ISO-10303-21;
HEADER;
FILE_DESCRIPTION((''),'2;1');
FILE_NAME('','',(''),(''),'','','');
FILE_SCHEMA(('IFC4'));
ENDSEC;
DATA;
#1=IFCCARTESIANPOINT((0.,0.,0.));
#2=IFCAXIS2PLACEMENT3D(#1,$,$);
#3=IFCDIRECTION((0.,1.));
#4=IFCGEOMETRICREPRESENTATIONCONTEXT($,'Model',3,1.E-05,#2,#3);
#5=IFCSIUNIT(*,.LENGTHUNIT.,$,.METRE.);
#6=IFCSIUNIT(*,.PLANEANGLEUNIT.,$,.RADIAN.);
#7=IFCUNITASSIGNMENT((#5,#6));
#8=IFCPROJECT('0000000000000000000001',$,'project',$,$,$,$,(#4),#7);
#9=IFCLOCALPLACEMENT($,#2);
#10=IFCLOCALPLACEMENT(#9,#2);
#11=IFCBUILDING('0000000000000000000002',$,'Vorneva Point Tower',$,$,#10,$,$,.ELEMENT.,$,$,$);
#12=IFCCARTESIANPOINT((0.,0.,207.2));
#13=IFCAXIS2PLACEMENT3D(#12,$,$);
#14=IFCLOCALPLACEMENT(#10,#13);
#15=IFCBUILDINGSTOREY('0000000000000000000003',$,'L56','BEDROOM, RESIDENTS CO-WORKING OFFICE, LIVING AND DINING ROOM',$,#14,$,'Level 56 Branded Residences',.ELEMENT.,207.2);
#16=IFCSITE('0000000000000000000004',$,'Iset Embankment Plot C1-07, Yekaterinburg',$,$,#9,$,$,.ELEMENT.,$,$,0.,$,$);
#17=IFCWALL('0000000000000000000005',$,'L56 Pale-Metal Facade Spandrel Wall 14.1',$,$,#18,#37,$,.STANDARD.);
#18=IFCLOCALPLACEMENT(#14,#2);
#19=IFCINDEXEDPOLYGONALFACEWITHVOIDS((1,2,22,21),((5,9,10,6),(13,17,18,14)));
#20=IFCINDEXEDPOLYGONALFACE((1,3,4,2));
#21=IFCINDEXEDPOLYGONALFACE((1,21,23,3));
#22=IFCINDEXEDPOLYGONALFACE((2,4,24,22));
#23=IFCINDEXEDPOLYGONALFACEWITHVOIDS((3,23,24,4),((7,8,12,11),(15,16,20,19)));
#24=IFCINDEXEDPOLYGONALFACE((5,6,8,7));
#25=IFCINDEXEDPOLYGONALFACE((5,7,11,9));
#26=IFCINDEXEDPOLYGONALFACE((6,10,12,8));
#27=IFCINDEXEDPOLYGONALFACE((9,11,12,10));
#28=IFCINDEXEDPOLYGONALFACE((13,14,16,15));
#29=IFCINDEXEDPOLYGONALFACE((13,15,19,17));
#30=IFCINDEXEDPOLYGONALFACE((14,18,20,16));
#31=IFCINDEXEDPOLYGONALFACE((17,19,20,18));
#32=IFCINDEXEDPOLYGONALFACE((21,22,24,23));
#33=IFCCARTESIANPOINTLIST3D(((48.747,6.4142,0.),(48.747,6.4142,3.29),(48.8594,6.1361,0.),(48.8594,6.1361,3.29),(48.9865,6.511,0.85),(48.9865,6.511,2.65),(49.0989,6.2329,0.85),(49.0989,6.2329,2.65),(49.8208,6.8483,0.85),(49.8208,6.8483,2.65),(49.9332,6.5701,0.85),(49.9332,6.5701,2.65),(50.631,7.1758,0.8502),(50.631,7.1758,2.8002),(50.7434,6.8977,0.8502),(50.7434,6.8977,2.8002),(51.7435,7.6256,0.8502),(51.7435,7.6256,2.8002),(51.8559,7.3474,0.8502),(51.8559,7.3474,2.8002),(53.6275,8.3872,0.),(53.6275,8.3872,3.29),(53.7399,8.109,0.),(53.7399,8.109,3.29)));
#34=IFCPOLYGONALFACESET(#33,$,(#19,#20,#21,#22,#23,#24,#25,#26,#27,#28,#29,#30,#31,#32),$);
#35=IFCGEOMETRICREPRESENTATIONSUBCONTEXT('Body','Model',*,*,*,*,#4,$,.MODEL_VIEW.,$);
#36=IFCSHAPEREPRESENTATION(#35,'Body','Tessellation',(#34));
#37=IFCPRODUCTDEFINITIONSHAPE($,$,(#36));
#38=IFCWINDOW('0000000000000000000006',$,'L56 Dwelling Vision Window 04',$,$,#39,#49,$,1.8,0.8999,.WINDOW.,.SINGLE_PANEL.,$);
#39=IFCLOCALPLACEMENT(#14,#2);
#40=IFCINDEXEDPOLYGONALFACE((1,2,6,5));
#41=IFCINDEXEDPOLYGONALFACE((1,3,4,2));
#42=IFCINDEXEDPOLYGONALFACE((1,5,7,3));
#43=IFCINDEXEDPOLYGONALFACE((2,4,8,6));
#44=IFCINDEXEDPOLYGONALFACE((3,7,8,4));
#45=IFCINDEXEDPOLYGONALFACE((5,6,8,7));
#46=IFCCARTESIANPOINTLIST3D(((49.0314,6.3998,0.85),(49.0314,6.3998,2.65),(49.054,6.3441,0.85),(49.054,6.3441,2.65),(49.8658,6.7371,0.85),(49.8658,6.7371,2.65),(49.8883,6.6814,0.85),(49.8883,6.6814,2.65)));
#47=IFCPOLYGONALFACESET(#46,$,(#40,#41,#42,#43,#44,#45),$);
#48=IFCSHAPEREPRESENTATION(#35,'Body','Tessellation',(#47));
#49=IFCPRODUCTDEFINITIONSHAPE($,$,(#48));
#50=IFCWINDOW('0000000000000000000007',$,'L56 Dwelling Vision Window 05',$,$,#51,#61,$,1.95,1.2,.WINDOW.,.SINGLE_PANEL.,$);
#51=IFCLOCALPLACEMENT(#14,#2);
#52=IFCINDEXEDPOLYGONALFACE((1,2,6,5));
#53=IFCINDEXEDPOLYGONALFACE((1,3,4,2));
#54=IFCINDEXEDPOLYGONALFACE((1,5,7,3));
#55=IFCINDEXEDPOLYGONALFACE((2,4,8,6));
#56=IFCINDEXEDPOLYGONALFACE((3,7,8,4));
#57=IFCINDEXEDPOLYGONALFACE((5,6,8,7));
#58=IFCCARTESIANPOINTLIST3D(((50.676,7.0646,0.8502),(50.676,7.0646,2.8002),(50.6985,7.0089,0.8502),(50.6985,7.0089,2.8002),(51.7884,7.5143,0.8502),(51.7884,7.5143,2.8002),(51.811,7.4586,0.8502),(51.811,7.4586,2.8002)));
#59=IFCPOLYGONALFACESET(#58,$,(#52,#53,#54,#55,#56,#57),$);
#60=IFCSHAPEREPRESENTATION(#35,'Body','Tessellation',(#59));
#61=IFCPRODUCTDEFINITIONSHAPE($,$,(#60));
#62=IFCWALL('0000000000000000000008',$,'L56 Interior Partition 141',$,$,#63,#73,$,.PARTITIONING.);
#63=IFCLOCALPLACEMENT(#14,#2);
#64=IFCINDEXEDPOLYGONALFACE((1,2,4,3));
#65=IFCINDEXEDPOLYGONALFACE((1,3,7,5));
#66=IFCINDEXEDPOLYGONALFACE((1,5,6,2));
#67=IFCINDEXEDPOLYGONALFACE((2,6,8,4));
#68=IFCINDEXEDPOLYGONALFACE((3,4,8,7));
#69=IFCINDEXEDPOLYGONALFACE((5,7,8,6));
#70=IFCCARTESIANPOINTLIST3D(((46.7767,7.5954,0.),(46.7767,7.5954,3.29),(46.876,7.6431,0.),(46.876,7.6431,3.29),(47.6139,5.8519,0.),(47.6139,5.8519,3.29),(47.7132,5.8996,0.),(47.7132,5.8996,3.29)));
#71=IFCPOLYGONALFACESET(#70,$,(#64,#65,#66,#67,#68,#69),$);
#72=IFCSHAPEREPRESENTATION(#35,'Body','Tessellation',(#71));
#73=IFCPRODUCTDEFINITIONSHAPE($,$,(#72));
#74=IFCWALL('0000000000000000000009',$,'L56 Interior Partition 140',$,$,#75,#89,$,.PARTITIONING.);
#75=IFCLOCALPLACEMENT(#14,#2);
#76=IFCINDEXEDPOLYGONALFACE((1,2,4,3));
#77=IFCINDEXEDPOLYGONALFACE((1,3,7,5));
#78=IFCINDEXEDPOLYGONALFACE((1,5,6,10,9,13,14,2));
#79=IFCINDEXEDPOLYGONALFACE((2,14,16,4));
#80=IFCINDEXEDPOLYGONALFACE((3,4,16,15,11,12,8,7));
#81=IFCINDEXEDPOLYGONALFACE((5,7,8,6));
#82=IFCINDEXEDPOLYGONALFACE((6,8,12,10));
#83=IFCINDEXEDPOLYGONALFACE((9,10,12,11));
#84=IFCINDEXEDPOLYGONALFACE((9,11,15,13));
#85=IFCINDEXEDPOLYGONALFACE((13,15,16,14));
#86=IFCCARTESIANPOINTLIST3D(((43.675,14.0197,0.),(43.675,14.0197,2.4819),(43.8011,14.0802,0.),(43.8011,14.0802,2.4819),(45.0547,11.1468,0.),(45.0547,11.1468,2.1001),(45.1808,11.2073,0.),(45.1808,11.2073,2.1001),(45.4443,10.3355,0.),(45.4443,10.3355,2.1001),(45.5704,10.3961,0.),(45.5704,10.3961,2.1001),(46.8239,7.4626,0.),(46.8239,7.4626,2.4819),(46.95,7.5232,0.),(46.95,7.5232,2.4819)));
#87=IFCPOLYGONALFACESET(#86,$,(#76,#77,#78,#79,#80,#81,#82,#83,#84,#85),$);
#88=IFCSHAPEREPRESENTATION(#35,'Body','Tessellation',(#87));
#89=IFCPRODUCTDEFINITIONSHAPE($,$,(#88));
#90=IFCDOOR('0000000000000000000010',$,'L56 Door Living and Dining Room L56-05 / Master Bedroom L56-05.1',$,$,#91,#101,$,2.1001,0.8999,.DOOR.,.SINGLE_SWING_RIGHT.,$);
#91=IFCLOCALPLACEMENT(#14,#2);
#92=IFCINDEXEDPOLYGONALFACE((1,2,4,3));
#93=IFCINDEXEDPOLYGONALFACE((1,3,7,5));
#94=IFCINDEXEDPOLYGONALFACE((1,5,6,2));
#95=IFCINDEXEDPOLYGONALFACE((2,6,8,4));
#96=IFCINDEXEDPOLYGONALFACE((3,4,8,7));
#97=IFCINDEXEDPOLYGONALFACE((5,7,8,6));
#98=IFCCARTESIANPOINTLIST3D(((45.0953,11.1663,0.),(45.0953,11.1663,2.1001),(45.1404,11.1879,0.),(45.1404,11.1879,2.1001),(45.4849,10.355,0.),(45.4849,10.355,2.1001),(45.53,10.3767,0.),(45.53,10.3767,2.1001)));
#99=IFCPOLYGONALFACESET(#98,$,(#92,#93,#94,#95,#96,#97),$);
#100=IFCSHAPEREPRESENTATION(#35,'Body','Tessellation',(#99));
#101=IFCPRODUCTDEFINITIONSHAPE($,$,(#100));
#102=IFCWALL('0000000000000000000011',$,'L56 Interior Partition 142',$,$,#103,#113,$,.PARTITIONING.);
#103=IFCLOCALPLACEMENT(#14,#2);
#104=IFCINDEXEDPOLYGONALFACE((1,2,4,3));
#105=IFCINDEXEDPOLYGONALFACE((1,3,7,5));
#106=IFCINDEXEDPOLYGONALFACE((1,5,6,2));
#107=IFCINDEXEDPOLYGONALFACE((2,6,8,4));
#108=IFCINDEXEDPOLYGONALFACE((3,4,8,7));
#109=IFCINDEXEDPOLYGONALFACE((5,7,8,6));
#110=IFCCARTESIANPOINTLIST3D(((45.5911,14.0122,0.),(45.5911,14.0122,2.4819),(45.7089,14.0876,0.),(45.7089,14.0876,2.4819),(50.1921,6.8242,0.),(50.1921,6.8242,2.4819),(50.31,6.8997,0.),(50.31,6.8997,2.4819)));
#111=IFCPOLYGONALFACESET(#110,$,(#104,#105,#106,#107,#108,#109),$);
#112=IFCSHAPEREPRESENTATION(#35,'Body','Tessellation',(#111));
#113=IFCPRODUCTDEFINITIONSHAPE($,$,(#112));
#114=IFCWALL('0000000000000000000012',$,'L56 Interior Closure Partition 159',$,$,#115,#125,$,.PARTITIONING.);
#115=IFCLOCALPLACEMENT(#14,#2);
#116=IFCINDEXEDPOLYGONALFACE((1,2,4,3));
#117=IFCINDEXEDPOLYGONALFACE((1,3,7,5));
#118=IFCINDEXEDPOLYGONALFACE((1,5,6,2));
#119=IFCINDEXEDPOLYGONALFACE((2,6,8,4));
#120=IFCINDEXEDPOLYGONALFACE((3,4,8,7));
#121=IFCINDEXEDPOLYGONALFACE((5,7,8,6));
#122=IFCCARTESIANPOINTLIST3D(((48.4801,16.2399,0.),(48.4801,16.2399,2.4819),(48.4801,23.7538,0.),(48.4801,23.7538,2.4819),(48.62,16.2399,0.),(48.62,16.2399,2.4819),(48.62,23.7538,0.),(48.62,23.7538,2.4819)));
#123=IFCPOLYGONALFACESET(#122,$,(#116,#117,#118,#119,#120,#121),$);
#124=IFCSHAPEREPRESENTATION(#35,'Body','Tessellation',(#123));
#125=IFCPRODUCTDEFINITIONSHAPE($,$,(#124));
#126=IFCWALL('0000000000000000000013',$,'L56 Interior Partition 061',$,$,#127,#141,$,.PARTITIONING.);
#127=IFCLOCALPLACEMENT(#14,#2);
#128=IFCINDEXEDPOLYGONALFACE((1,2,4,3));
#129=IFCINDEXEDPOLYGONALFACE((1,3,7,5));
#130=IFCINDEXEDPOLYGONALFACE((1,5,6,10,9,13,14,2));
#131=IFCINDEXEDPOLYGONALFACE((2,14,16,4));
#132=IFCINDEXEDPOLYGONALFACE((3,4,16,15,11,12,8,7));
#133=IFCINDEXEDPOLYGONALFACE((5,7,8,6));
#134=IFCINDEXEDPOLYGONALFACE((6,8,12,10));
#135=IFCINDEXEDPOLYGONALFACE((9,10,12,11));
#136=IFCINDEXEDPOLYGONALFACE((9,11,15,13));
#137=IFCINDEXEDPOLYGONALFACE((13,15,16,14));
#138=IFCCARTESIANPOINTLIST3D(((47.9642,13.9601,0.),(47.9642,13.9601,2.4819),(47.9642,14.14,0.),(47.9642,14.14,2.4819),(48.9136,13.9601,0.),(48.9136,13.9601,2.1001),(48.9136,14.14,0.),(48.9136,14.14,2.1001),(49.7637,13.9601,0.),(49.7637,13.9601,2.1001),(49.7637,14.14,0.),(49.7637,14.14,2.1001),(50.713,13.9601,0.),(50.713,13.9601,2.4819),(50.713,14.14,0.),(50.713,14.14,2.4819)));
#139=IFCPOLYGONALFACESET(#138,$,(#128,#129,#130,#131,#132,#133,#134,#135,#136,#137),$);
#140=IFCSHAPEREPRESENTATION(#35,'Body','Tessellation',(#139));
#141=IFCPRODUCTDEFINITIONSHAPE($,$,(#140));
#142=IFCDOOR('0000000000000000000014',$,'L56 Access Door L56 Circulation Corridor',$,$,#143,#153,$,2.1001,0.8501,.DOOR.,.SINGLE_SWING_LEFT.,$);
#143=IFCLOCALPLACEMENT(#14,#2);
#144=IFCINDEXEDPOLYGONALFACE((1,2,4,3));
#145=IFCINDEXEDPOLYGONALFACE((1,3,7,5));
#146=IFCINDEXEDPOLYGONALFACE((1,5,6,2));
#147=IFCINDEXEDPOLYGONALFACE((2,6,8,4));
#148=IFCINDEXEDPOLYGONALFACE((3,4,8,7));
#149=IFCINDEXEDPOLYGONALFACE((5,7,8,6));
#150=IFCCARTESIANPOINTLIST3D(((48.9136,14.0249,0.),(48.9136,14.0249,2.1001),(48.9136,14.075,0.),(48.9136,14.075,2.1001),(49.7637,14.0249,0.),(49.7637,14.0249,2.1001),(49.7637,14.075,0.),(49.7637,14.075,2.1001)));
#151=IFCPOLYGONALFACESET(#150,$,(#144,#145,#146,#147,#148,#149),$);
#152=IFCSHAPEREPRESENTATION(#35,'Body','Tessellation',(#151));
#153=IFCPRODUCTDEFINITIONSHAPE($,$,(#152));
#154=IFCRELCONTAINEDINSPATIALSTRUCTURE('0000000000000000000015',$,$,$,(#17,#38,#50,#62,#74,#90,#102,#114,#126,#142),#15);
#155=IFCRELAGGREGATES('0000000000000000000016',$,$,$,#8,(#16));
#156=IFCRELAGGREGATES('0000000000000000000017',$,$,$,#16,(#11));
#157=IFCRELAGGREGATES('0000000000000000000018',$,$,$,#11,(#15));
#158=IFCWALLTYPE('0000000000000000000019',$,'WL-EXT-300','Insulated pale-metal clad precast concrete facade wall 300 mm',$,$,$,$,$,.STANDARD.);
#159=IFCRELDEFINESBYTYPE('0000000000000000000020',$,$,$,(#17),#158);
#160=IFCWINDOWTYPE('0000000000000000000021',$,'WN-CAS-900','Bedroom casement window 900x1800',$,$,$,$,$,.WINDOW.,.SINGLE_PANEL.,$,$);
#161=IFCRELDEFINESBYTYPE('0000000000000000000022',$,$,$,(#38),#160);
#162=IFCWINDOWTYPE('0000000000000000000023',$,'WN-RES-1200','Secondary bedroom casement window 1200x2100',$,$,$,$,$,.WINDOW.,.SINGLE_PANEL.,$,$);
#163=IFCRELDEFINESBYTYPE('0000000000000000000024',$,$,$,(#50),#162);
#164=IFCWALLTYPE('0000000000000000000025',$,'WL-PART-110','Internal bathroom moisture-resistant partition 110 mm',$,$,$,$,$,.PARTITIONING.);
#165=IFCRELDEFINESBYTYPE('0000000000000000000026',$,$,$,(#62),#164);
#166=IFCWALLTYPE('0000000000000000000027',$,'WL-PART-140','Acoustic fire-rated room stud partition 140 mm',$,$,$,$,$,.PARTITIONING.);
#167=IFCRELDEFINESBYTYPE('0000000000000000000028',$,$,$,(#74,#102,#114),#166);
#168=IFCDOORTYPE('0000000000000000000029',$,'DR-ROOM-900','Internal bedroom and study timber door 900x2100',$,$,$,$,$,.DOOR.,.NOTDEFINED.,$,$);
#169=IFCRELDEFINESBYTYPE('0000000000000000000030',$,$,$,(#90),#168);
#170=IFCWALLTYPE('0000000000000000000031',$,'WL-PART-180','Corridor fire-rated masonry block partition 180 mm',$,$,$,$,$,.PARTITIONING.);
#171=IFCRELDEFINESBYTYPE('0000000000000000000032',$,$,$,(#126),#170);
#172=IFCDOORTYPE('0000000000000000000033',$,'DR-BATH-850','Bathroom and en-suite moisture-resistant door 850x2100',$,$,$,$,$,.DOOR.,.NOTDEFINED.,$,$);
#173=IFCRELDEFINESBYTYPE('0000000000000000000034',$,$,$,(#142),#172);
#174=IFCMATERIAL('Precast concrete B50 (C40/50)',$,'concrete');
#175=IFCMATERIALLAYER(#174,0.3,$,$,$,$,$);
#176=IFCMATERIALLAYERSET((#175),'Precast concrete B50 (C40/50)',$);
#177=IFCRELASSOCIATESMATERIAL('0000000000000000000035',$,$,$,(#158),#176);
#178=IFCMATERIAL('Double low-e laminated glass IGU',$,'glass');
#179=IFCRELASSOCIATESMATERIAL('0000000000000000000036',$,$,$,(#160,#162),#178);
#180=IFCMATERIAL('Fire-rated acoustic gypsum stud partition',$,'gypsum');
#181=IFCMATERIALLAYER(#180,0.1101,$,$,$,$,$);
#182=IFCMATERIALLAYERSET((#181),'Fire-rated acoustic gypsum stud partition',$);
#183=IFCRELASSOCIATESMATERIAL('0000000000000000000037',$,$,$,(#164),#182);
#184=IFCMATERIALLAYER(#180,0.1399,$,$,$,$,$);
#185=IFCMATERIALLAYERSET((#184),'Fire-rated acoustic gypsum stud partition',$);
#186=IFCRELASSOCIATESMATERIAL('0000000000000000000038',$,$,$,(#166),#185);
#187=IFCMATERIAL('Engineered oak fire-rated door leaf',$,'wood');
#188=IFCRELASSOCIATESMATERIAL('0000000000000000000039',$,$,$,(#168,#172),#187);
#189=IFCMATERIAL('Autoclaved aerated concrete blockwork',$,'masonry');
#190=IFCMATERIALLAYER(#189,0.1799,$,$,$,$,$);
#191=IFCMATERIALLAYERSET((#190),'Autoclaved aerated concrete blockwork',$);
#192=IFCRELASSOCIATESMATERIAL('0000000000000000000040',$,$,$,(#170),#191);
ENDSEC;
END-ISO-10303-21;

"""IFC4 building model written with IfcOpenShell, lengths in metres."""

from ifc_helpers import new_model, si_unit, direction, frame, frame_2d, origin, place, context, subcontext, project, spatial, rectangle, extrude, material, layer, layer_set, type_object, element, fill, save


model = new_model("IFC4")

# Units and contexts
model_context = context("Model", 3, precision=1e-05, world=origin(), true_north=direction((0.0, 1.0)))
body_context = subcontext(model_context, "Body", "Model", "MODEL_VIEW")
ifc_project = project(units=[si_unit("LENGTHUNIT", "METRE"), si_unit("PLANEANGLEUNIT", "RADIAN")], contexts=[model_context])

# Site, building, storey
site_placement = place(None, origin())
site = spatial("IfcSite", under=ifc_project, at=site_placement, Name="Iset Embankment Plot C1-07, Yekaterinburg", CompositionType="ELEMENT", RefElevation=0.0)
building_placement = place(site_placement, origin())
building = spatial("IfcBuilding", under=site, at=building_placement, Name="Vorneva Point Tower", CompositionType="ELEMENT")
storey_placement = place(building_placement, frame((0.0, 0.0, 207.2)))
storey = spatial("IfcBuildingStorey", under=building, at=storey_placement, Name="L56", Description="BEDROOM, RESIDENTS CO-WORKING OFFICE, LIVING AND DINING ROOM", LongName="Level 56 Branded Residences", CompositionType="ELEMENT", Elevation=207.2)

# Wall, openings, windows
ifc_material_1 = material(Name="Precast concrete B50 (C40/50)", Category="concrete")
ifc_layer_1 = layer(ifc_material_1, 0.3)
ifc_layer_set_1 = layer_set([ifc_layer_1], Name="Precast concrete B50 (C40/50)")
wall_type_1 = type_object("IfcWallType", Name="WL-EXT-300", Description="Insulated pale-metal clad precast concrete facade wall 300 mm", PredefinedType="STANDARD", material=ifc_layer_set_1)
wall_1_placement = place(storey_placement, frame((48.8032, 6.2751, 0.0), z_axis=(0.0, 0.0, 1.0), x_axis=(0.927111, 0.374787, 0.0)))
wall_1 = element("IfcWall", 1, at=wall_1_placement, inside=storey, type_object=wall_type_1, Name="L56 Pale-Metal Facade Spandrel Wall 14.1", PredefinedType="STANDARD", context=body_context, shape_type="SweptSolid", body=[
    extrude(rectangle(XDim=5.2642, YDim=0.3, at=frame_2d((2.6321, 0.0))), origin(), (0.0, 0.0, 1.0), 3.29),
])
opening_1_placement = place(wall_1_placement, frame((0.2583, 0.0, 0.8501)))
opening_1 = element("IfcOpeningElement", 2, at=opening_1_placement, cuts=wall_1, PredefinedType="OPENING", context=body_context, shape_type="SweptSolid", body=[
    extrude(rectangle(XDim=0.8999, YDim=1.8, at=frame_2d((0.45, 0.8999))), frame((0.0, 0.165, 0.0), z_axis=(0.0, -1.0, 0.0), x_axis=(1.0, 0.0, 0.0)), (0.0, 0.0, 1.0), 0.3298),
])
opening_2_placement = place(wall_1_placement, frame((2.032, 0.0, 0.8501)))
opening_2 = element("IfcOpeningElement", 3, at=opening_2_placement, cuts=wall_1, PredefinedType="OPENING", context=body_context, shape_type="SweptSolid", body=[
    extrude(rectangle(XDim=1.2, YDim=1.95, at=frame_2d((0.6001, 0.9751))), frame((0.0, 0.165, 0.0), z_axis=(0.0, -1.0, 0.0), x_axis=(1.0, 0.0, 0.0)), (0.0, 0.0, 1.0), 0.3298),
])
ifc_material_2 = material(Name="Double low-e laminated glass IGU", Category="glass")
window_type_1 = type_object("IfcWindowType", Name="WN-CAS-900", Description="Bedroom casement window 900x1800", PartitioningType="SINGLE_PANEL", PredefinedType="WINDOW", material=ifc_material_2)
window_1_placement = place(opening_1_placement, origin())
window_1 = element("IfcWindow", 4, at=window_1_placement, inside=storey, type_object=window_type_1, Name="L56 Dwelling Vision Window 04", OverallHeight=1.8, OverallWidth=0.8999, PartitioningType="SINGLE_PANEL", PredefinedType="WINDOW", context=body_context, shape_type="SweptSolid", body=[
    extrude(rectangle(XDim=0.8999, YDim=1.8, at=frame_2d((0.45, 0.8999))), frame((0.0, 0.03, 0.0), z_axis=(0.0, -1.0, 0.0), x_axis=(1.0, 0.0, 0.0)), (0.0, 0.0, 1.0), 0.0601),
])
fill(opening_1, window_1)
window_type_2 = type_object("IfcWindowType", Name="WN-RES-1200", Description="Secondary bedroom casement window 1200x2100", PartitioningType="SINGLE_PANEL", PredefinedType="WINDOW", material=ifc_material_2)
window_2_placement = place(opening_2_placement, origin())
window_2 = element("IfcWindow", 5, at=window_2_placement, inside=storey, type_object=window_type_2, Name="L56 Dwelling Vision Window 05", OverallHeight=1.95, OverallWidth=1.2, PartitioningType="SINGLE_PANEL", PredefinedType="WINDOW", context=body_context, shape_type="SweptSolid", body=[
    extrude(rectangle(XDim=1.2, YDim=1.95, at=frame_2d((0.6001, 0.9751))), frame((0.0, 0.03, 0.0), z_axis=(0.0, -1.0, 0.0), x_axis=(1.0, 0.0, 0.0)), (0.0, 0.0, 1.0), 0.0601),
])
fill(opening_2, window_2)

# Wall
ifc_material_3 = material(Name="Fire-rated acoustic gypsum stud partition", Category="gypsum")
ifc_layer_2 = layer(ifc_material_3, 0.1101)
ifc_layer_set_2 = layer_set([ifc_layer_2], Name="Fire-rated acoustic gypsum stud partition")
wall_type_2 = type_object("IfcWallType", Name="WL-PART-110", Description="Internal bathroom moisture-resistant partition 110 mm", PredefinedType="PARTITIONING", material=ifc_layer_set_2)
wall_2_placement = place(storey_placement, frame((47.6636, 5.8757, 0.0), z_axis=(0.0, 0.0, 1.0), x_axis=(-0.432866, 0.901458, 0.0)))
element("IfcWall", 6, at=wall_2_placement, inside=storey, type_object=wall_type_2, Name="L56 Interior Partition 141", PredefinedType="PARTITIONING", context=body_context, shape_type="SweptSolid", body=[
    extrude(rectangle(XDim=1.9341, YDim=0.1101, at=frame_2d((0.967, 0.0))), origin(), (0.0, 0.0, 1.0), 3.29),
])

# Wall, opening, door
ifc_layer_3 = layer(ifc_material_3, 0.1399)
ifc_layer_set_3 = layer_set([ifc_layer_3], Name="Fire-rated acoustic gypsum stud partition")
wall_type_3 = type_object("IfcWallType", Name="WL-PART-140", Description="Acoustic fire-rated room stud partition 140 mm", PredefinedType="PARTITIONING", material=ifc_layer_set_3)
wall_3_placement = place(storey_placement, frame((46.887, 7.4929, 0.0), z_axis=(0.0, 0.0, 1.0), x_axis=(-0.432899, 0.901442, 0.0)))
wall_3 = element("IfcWall", 7, at=wall_3_placement, inside=storey, type_object=wall_type_3, Name="L56 Interior Partition 140", PredefinedType="PARTITIONING", context=body_context, shape_type="SweptSolid", body=[
    extrude(rectangle(XDim=7.2739, YDim=0.1399, at=frame_2d((3.637, 0.0))), origin(), (0.0, 0.0, 1.0), 2.4819),
])
opening_3_placement = place(wall_3_placement, frame((3.187, 0.0, 0.0)))
opening_3 = element("IfcOpeningElement", 8, at=opening_3_placement, cuts=wall_3, PredefinedType="OPENING", context=body_context, shape_type="SweptSolid", body=[
    extrude(rectangle(XDim=0.8999, YDim=2.1001, at=frame_2d((0.45, 1.05))), frame((0.0, 0.085, 0.0), z_axis=(0.0, -1.0, 0.0), x_axis=(1.0, 0.0, 0.0)), (0.0, 0.0, 1.0), 0.1697),
])
ifc_material_4 = material(Name="Engineered oak fire-rated door leaf", Category="wood")
door_type_1 = type_object("IfcDoorType", Name="DR-ROOM-900", Description="Internal bedroom and study timber door 900x2100", OperationType="NOTDEFINED", PredefinedType="DOOR", material=ifc_material_4)
door_1_placement = place(opening_3_placement, origin())
door_1 = element("IfcDoor", 9, at=door_1_placement, inside=storey, type_object=door_type_1, Name="L56 Door Living and Dining Room L56-05 / Master Bedroom L56-05.1", OperationType="SINGLE_SWING_RIGHT", OverallHeight=2.1001, OverallWidth=0.8999, PredefinedType="DOOR", context=body_context, shape_type="SweptSolid", body=[
    extrude(rectangle(XDim=0.8999, YDim=2.1001, at=frame_2d((0.45, 1.05))), frame((0.0, 0.0249, 0.0), z_axis=(0.0, -1.0, 0.0), x_axis=(1.0, 0.0, 0.0)), (0.0, 0.0, 1.0), 0.05),
])
fill(opening_3, door_1)

# Walls
wall_4_placement = place(storey_placement, frame((50.251, 6.8621, 0.0), z_axis=(0.0, 0.0, 1.0), x_axis=(-0.539117, 0.842231, 0.0)))
element("IfcWall", 10, at=wall_4_placement, inside=storey, type_object=wall_type_3, Name="L56 Interior Partition 142", PredefinedType="PARTITIONING", context=body_context, shape_type="SweptSolid", body=[
    extrude(rectangle(XDim=8.5344, YDim=0.1399, at=frame_2d((4.2671, 0.0))), origin(), (0.0, 0.0, 1.0), 2.4819),
])
wall_5_placement = place(storey_placement, frame((48.55, 16.24, 0.0), z_axis=(0.0, 0.0, 1.0), x_axis=(0.0, 1.0, 0.0)))
element("IfcWall", 11, at=wall_5_placement, inside=storey, type_object=wall_type_3, Name="L56 Interior Closure Partition 159", PredefinedType="PARTITIONING", context=body_context, shape_type="SweptSolid", body=[
    extrude(rectangle(XDim=7.5139, YDim=0.1399, at=frame_2d((3.7568, 0.0))), origin(), (0.0, 0.0, 1.0), 2.4819),
])

# Wall, opening, door
ifc_material_5 = material(Name="Autoclaved aerated concrete blockwork", Category="masonry")
ifc_layer_4 = layer(ifc_material_5, 0.1799)
ifc_layer_set_4 = layer_set([ifc_layer_4], Name="Autoclaved aerated concrete blockwork")
wall_type_4 = type_object("IfcWallType", Name="WL-PART-180", Description="Corridor fire-rated masonry block partition 180 mm", PredefinedType="PARTITIONING", material=ifc_layer_set_4)
wall_6_placement = place(storey_placement, frame((47.9641, 14.05, 0.0), z_axis=(0.0, 0.0, 1.0), x_axis=(1.0, 0.0, 0.0)))
wall_6 = element("IfcWall", 12, at=wall_6_placement, inside=storey, type_object=wall_type_4, Name="L56 Interior Partition 061", PredefinedType="PARTITIONING", context=body_context, shape_type="SweptSolid", body=[
    extrude(rectangle(XDim=2.7488, YDim=0.1799, at=frame_2d((1.3745, 0.0))), origin(), (0.0, 0.0, 1.0), 2.4819),
])
opening_4_placement = place(wall_6_placement, frame((0.9495, 0.0, 0.0)))
opening_4 = element("IfcOpeningElement", 13, at=opening_4_placement, cuts=wall_6, PredefinedType="OPENING", context=body_context, shape_type="SweptSolid", body=[
    extrude(rectangle(XDim=0.8501, YDim=2.1001, at=frame_2d((0.425, 1.05))), frame((0.0, 0.105, 0.0), z_axis=(0.0, -1.0, 0.0), x_axis=(1.0, 0.0, 0.0)), (0.0, 0.0, 1.0), 0.2097),
])
door_type_2 = type_object("IfcDoorType", Name="DR-BATH-850", Description="Bathroom and en-suite moisture-resistant door 850x2100", OperationType="NOTDEFINED", PredefinedType="DOOR", material=ifc_material_4)
door_2_placement = place(opening_4_placement, origin())
door_2 = element("IfcDoor", 14, at=door_2_placement, inside=storey, type_object=door_type_2, Name="L56 Access Door L56 Circulation Corridor", OperationType="SINGLE_SWING_LEFT", OverallHeight=2.1001, OverallWidth=0.8501, PredefinedType="DOOR", context=body_context, shape_type="SweptSolid", body=[
    extrude(rectangle(XDim=0.8501, YDim=2.1001, at=frame_2d((0.425, 1.05))), frame((0.0, 0.0249, 0.0), z_axis=(0.0, -1.0, 0.0), x_axis=(1.0, 0.0, 0.0)), (0.0, 0.0, 1.0), 0.05),
])
fill(opening_4, door_2)

save(model, "model.ifc")
